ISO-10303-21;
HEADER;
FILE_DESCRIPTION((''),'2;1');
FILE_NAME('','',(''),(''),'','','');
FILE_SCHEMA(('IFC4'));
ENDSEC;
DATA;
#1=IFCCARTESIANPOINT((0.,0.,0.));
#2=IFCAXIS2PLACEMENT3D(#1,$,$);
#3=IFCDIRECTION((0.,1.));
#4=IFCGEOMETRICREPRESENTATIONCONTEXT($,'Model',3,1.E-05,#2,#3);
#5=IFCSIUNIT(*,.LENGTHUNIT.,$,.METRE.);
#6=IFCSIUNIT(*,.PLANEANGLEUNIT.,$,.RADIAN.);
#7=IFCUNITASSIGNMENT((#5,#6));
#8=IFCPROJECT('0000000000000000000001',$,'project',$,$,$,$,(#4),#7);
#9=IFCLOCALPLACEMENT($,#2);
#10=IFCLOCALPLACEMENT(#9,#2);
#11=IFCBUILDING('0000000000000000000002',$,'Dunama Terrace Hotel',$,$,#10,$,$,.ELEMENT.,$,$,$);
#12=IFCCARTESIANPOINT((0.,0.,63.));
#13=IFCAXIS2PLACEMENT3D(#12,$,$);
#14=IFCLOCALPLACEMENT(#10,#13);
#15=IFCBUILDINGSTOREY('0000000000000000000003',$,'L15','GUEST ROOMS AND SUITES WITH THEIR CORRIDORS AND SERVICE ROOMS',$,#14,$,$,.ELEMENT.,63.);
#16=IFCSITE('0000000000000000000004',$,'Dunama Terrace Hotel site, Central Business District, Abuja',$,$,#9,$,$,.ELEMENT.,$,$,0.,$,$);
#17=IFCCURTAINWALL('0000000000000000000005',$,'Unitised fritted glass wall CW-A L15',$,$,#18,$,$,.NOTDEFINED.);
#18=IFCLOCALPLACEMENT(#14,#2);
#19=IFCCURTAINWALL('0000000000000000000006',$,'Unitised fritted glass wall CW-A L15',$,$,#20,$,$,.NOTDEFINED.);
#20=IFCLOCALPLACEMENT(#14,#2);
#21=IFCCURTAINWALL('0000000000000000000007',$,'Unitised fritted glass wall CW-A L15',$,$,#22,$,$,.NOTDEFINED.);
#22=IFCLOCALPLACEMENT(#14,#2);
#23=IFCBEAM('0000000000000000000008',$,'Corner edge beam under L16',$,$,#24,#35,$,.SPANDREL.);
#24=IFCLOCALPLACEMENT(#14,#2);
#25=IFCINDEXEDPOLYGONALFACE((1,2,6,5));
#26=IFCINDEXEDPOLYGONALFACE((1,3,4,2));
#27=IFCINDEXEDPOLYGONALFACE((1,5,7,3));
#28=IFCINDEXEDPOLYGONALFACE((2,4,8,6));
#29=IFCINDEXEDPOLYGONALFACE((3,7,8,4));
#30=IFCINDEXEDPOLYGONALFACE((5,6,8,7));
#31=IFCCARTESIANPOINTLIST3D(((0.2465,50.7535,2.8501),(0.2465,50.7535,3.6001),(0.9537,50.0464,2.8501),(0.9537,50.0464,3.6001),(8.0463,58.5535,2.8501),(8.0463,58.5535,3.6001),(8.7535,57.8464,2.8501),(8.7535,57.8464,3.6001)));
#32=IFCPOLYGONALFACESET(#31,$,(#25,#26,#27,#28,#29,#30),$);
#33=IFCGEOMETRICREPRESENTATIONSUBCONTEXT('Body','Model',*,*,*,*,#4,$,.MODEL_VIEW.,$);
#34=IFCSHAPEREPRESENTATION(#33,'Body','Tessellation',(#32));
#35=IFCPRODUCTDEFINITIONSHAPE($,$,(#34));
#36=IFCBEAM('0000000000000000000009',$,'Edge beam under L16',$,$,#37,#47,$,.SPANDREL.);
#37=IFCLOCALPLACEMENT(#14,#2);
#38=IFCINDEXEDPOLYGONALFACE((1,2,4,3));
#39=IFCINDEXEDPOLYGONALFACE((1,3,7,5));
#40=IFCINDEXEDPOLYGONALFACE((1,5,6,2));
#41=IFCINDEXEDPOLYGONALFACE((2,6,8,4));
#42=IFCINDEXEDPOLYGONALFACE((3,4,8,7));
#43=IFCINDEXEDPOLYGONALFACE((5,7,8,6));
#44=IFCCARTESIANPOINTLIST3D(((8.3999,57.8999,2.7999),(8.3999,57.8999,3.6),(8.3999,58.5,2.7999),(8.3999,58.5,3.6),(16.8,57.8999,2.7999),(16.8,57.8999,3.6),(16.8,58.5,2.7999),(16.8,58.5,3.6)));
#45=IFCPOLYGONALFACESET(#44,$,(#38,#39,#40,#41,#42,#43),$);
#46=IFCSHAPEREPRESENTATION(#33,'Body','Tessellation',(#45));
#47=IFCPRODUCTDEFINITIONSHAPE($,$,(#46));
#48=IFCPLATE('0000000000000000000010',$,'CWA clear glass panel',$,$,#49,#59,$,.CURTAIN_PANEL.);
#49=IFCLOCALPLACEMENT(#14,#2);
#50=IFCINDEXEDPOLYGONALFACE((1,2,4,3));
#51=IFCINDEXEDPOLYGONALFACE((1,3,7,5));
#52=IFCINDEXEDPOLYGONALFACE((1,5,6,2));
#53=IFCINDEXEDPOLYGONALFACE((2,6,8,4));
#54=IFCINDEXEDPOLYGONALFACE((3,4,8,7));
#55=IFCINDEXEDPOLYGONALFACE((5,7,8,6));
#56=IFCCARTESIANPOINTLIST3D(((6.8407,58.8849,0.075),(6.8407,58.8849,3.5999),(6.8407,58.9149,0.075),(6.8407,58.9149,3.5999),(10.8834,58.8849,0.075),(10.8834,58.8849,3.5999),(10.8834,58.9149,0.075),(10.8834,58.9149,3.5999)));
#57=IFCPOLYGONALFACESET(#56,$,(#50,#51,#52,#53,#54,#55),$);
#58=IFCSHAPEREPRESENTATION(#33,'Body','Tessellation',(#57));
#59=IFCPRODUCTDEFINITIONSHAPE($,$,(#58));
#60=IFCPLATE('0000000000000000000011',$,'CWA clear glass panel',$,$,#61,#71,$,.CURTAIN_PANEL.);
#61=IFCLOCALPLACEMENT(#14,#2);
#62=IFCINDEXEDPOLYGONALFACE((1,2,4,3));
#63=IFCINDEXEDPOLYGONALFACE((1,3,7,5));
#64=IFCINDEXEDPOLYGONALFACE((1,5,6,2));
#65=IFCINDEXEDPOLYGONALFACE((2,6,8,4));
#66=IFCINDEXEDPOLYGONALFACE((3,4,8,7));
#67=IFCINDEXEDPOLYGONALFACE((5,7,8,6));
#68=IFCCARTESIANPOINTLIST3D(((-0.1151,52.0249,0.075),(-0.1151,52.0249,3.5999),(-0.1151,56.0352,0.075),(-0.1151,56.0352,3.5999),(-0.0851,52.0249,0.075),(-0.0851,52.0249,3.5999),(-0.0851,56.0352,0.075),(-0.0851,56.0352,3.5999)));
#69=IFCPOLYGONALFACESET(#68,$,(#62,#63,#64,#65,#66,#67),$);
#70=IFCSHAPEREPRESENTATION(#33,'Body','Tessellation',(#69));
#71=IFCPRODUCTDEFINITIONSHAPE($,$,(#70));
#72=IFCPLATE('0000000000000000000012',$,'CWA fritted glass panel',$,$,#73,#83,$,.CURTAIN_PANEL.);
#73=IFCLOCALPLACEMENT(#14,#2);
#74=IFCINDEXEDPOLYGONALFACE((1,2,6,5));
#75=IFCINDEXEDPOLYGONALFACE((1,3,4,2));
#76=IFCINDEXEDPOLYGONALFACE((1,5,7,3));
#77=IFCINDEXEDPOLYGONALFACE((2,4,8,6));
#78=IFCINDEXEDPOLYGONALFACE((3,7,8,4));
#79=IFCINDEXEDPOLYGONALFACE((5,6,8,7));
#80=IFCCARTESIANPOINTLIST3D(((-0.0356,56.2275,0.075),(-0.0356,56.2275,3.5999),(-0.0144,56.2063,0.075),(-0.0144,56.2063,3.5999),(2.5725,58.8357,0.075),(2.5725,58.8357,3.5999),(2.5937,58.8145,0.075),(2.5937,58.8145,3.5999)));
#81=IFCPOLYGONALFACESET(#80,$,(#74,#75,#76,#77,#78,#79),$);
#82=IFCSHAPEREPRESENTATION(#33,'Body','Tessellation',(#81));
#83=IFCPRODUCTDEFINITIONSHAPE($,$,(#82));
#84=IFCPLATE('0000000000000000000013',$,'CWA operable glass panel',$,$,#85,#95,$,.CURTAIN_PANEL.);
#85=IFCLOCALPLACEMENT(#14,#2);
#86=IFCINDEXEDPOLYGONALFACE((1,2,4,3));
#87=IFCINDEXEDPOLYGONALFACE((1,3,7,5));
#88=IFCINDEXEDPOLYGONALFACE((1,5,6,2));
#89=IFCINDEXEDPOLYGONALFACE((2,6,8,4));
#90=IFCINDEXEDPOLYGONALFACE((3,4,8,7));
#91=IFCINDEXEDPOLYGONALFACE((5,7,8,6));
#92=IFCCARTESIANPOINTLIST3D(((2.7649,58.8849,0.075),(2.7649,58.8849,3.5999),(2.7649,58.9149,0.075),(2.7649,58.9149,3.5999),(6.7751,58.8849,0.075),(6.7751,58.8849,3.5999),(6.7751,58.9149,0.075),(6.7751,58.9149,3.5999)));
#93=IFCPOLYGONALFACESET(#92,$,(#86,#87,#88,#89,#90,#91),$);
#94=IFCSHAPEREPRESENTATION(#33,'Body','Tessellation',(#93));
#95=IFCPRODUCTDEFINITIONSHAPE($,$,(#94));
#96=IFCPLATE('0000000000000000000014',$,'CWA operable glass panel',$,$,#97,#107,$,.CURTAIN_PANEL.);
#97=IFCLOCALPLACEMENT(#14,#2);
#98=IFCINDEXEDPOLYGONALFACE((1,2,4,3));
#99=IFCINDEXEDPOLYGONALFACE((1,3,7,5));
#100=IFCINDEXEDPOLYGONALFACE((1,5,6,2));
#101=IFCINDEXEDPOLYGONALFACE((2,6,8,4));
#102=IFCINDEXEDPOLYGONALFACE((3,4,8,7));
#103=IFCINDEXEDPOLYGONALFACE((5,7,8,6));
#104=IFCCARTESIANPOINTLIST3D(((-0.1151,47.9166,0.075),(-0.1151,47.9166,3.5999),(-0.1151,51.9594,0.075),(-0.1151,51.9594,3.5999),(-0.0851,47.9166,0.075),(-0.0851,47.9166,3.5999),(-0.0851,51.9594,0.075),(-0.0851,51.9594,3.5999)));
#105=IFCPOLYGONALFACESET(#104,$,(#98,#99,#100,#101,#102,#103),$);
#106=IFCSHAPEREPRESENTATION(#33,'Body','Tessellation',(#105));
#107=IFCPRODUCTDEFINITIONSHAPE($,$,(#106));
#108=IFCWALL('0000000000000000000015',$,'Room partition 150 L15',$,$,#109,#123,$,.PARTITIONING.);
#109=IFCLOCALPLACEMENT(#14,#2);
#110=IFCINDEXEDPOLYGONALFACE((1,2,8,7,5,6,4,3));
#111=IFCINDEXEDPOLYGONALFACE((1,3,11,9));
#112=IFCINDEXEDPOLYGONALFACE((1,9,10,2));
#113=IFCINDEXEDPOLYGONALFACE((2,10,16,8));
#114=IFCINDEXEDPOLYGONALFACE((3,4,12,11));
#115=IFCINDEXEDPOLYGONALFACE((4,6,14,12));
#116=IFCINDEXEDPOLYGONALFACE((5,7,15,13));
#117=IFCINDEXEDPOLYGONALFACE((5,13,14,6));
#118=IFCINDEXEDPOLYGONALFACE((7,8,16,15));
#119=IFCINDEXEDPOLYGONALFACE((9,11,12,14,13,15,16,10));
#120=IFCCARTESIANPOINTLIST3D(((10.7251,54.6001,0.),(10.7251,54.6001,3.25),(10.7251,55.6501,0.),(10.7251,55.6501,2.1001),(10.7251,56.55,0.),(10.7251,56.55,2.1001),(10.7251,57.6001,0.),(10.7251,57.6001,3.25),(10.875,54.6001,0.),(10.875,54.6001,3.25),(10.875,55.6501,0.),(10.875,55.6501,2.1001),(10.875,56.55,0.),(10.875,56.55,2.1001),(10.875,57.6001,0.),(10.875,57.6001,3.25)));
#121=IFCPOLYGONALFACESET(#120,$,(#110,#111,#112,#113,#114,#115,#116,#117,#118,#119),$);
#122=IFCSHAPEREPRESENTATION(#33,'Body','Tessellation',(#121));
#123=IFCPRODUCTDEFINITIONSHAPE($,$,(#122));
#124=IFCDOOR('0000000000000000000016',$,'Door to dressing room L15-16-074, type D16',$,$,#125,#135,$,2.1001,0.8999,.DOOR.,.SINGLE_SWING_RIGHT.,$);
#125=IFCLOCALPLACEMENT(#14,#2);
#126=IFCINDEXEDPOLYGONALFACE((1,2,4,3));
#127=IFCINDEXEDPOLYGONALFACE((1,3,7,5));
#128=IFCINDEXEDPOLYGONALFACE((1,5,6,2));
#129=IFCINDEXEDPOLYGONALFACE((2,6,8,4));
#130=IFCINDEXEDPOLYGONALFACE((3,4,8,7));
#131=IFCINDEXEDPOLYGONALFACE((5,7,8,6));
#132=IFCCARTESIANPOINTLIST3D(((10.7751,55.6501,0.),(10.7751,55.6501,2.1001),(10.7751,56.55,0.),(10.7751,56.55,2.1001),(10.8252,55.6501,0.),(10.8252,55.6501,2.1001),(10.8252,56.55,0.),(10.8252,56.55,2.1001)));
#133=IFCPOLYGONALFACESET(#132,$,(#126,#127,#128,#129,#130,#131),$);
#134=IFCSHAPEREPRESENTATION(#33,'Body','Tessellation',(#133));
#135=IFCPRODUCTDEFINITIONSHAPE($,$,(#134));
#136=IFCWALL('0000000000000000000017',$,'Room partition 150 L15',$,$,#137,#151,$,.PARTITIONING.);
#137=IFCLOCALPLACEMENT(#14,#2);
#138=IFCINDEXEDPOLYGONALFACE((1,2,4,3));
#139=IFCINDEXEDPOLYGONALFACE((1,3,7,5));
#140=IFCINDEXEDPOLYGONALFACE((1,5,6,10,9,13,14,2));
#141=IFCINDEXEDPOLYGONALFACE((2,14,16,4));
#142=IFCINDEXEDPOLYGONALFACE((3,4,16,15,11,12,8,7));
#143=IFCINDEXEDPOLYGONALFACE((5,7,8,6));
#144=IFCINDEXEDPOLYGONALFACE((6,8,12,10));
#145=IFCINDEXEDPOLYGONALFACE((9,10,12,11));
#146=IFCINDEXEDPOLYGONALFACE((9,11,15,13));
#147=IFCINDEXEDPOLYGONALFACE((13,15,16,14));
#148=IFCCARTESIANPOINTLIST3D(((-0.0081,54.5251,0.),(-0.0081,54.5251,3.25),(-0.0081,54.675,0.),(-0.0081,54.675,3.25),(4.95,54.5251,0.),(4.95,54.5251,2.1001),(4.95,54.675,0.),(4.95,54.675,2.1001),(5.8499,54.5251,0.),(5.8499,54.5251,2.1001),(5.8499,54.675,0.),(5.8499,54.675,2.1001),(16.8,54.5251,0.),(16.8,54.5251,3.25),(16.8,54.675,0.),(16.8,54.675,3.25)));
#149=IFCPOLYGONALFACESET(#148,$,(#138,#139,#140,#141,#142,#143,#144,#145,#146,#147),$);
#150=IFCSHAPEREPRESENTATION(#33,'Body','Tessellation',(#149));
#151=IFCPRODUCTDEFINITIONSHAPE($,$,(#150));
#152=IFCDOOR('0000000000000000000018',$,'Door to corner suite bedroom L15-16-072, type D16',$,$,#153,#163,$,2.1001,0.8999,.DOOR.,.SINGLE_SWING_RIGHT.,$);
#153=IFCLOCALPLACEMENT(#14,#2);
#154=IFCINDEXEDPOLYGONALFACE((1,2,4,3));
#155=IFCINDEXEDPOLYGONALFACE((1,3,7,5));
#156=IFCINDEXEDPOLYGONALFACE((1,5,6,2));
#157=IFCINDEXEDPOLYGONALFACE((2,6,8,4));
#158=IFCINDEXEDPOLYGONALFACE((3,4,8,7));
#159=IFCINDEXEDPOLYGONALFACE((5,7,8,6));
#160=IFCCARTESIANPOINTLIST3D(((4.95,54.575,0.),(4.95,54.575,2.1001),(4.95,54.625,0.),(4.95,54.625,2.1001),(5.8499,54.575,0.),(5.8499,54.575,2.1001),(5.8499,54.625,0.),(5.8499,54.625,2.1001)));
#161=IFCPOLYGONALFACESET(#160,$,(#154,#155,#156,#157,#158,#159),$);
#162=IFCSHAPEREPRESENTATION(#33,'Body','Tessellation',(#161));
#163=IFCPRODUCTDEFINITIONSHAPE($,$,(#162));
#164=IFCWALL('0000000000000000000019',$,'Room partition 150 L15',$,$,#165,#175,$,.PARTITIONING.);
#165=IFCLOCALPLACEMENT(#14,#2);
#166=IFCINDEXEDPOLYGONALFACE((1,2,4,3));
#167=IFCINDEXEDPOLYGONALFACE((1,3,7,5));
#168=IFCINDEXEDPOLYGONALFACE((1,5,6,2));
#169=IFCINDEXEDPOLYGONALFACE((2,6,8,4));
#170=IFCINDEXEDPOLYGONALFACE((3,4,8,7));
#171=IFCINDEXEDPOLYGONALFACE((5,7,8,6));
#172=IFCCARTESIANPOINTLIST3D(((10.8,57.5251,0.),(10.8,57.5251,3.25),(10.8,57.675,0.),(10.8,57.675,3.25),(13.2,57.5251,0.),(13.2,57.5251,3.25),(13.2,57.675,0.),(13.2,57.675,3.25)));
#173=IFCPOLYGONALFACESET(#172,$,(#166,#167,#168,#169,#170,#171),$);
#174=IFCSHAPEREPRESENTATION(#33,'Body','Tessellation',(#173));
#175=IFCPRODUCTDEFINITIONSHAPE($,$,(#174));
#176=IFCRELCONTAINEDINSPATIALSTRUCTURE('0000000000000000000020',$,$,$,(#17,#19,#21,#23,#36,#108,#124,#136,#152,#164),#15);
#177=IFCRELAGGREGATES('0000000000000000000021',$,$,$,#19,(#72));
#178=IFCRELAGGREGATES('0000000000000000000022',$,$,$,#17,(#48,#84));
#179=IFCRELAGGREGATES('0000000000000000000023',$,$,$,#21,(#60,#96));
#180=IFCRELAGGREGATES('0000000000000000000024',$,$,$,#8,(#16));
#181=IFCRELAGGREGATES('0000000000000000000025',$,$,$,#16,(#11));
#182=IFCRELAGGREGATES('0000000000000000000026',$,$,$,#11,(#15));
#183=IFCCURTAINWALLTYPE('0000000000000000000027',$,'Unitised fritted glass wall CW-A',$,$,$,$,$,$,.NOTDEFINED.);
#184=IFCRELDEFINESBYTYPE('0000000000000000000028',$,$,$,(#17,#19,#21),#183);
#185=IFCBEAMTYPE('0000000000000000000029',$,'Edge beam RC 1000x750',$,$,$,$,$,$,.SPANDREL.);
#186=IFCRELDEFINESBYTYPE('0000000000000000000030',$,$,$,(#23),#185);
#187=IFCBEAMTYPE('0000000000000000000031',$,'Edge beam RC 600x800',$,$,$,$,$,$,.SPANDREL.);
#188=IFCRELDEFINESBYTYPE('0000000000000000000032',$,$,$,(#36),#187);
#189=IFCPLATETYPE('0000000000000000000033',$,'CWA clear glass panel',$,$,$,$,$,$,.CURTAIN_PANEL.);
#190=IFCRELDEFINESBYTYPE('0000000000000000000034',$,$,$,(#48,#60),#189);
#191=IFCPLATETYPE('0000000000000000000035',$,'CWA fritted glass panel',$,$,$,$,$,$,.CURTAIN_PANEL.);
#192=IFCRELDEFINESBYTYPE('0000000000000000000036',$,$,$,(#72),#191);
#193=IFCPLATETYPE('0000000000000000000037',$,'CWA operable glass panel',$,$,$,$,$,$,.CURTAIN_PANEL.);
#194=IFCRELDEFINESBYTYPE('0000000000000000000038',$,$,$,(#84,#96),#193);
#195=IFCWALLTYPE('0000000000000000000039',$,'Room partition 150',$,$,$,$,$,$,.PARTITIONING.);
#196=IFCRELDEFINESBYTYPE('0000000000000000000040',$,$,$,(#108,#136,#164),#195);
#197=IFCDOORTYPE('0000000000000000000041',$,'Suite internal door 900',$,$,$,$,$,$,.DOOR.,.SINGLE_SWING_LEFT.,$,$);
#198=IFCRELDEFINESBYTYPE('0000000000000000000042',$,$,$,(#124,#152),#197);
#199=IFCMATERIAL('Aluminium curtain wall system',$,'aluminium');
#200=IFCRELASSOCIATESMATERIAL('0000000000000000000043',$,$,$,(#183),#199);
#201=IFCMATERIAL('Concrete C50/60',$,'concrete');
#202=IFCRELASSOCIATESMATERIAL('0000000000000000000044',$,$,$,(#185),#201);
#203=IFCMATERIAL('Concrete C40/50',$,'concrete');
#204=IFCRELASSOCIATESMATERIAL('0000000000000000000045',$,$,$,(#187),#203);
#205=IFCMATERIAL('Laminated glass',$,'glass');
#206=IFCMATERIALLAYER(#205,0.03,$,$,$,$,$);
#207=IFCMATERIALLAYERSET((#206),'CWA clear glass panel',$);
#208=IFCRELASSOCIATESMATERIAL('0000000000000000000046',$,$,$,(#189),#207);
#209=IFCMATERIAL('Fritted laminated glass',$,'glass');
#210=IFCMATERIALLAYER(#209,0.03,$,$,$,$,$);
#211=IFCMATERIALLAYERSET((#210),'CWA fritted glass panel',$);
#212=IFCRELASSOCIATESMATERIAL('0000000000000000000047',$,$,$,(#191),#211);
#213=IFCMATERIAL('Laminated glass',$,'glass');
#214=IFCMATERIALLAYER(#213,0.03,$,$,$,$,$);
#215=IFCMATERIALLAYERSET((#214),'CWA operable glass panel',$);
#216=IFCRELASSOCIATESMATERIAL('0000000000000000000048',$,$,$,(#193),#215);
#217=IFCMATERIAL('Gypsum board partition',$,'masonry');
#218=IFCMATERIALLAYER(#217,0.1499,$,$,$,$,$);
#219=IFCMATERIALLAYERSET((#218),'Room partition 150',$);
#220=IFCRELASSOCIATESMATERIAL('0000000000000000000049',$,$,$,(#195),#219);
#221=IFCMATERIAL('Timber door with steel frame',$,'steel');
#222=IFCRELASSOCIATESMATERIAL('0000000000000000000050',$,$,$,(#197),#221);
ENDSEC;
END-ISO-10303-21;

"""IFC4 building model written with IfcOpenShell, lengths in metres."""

from ifc_helpers import new_model, si_unit, direction, frame, frame_2d, origin, origin_2d, place, context, subcontext, project, spatial, rectangle, extrude, material, layer, layer_set, material_profile, profile_set, type_object, element, fill, aggregate, save


model = new_model("IFC4")

# Units and contexts
model_context = context("Model", 3, precision=1e-05, world=origin(), true_north=direction((0.0, 1.0)))
body_context = subcontext(model_context, "Body", "Model", "MODEL_VIEW")
ifc_project = project(units=[si_unit("LENGTHUNIT", "METRE"), si_unit("PLANEANGLEUNIT", "RADIAN")], contexts=[model_context])

# Site, building, storey
site_placement = place(None, origin())
site = spatial("IfcSite", under=ifc_project, at=site_placement, Name="Dunama Terrace Hotel site, Central Business District, Abuja", CompositionType="ELEMENT", RefElevation=0.0)
building_placement = place(site_placement, origin())
building = spatial("IfcBuilding", under=site, at=building_placement, Name="Dunama Terrace Hotel", CompositionType="ELEMENT")
storey_placement = place(building_placement, frame((0.0, 0.0, 63.0)))
storey = spatial("IfcBuildingStorey", under=building, at=storey_placement, Name="L15", Description="GUEST ROOMS AND SUITES WITH THEIR CORRIDORS AND SERVICE ROOMS", CompositionType="ELEMENT", Elevation=63.0)

# Curtain walls
ifc_material_1 = material(Name="Aluminium curtain wall system", Category="aluminium")
curtain_wall_type = type_object("IfcCurtainWallType", Name="Unitised fritted glass wall CW-A", PredefinedType="NOTDEFINED", material=ifc_material_1)
curtain_wall_1_placement = place(storey_placement, origin())
curtain_wall_1 = element("IfcCurtainWall", 1, at=curtain_wall_1_placement, inside=storey, type_object=curtain_wall_type, Name="Unitised fritted glass wall CW-A L15", PredefinedType="NOTDEFINED")
curtain_wall_2_placement = place(storey_placement, origin())
curtain_wall_2 = element("IfcCurtainWall", 2, at=curtain_wall_2_placement, inside=storey, type_object=curtain_wall_type, Name="Unitised fritted glass wall CW-A L15", PredefinedType="NOTDEFINED")
curtain_wall_3_placement = place(storey_placement, origin())
curtain_wall_3 = element("IfcCurtainWall", 3, at=curtain_wall_3_placement, inside=storey, type_object=curtain_wall_type, Name="Unitised fritted glass wall CW-A L15", PredefinedType="NOTDEFINED")

# Beams
ifc_material_2 = material(Name="Concrete C50/60", Category="concrete")
ifc_material_profile_1 = material_profile(ifc_material_2, rectangle(XDim=1.0, YDim=0.75, at=origin_2d()), Name="RC 1000x750")
ifc_profile_set_1 = profile_set([ifc_material_profile_1], Name="Concrete C50/60")
beam_type_1 = type_object("IfcBeamType", Name="Edge beam RC 1000x750", PredefinedType="SPANDREL", material=ifc_profile_set_1)
beam_1_placement = place(storey_placement, frame((8.3999, 58.2, 3.2251), z_axis=(-0.707096, -0.707118, 0.0), x_axis=(0.707118, -0.707096, 0.0)))
element("IfcBeam", 4, at=beam_1_placement, inside=storey, type_object=beam_type_1, Name="Corner edge beam under L16", PredefinedType="SPANDREL", context=body_context, shape_type="SweptSolid", body=[
    extrude(rectangle(XDim=1.0, YDim=0.75, at=origin_2d()), origin(), (0.0, 0.0, 1.0), 11.0308),
])
ifc_material_3 = material(Name="Concrete C40/50", Category="concrete")
ifc_material_profile_2 = material_profile(ifc_material_3, rectangle(XDim=0.6001, YDim=0.8, at=origin_2d()), Name="RC 600x800")
ifc_profile_set_2 = profile_set([ifc_material_profile_2], Name="Concrete C40/50")
beam_type_2 = type_object("IfcBeamType", Name="Edge beam RC 600x800", PredefinedType="SPANDREL", material=ifc_profile_set_2)
beam_2_placement = place(storey_placement, frame((8.3999, 58.2, 3.2), z_axis=(1.0, 0.0, 0.0), x_axis=(0.0, 1.0, 0.0)))
element("IfcBeam", 5, at=beam_2_placement, inside=storey, type_object=beam_type_2, Name="Edge beam under L16", PredefinedType="SPANDREL", context=body_context, shape_type="SweptSolid", body=[
    extrude(rectangle(XDim=0.6001, YDim=0.8, at=origin_2d()), origin(), (0.0, 0.0, 1.0), 8.4001),
])

# Plates
ifc_material_4 = material(Name="Laminated glass", Category="glass")
ifc_layer_1 = layer(ifc_material_4, 0.03)
ifc_layer_set_1 = layer_set([ifc_layer_1], Name="CWA clear glass panel")
plate_type_1 = type_object("IfcPlateType", Name="CWA clear glass panel", PredefinedType="CURTAIN_PANEL", material=ifc_layer_set_1)
plate_1_placement = place(storey_placement, frame((8.8621, 58.8999, 0.075), z_axis=(0.0, 0.0, 1.0), x_axis=(-1.0, 0.0, 0.0)))
plate_1 = element("IfcPlate", 6, at=plate_1_placement, type_object=plate_type_1, Name="CWA clear glass panel", PredefinedType="CURTAIN_PANEL", context=body_context, shape_type="SweptSolid", body=[
    extrude(rectangle(XDim=4.0427, YDim=0.03, at=origin_2d()), origin(), (0.0, 0.0, 1.0), 3.5249),
])
plate_2_placement = place(storey_placement, frame((-0.1001, 54.03, 0.075), z_axis=(0.0, 0.0, 1.0), x_axis=(0.0, -1.0, 0.0)))
plate_2 = element("IfcPlate", 7, at=plate_2_placement, type_object=plate_type_1, Name="CWA clear glass panel", PredefinedType="CURTAIN_PANEL", context=body_context, shape_type="SweptSolid", body=[
    extrude(rectangle(XDim=4.0103, YDim=0.03, at=origin_2d()), origin(), (0.0, 0.0, 1.0), 3.5249),
])
ifc_material_5 = material(Name="Fritted laminated glass", Category="glass")
ifc_layer_2 = layer(ifc_material_5, 0.03)
ifc_layer_set_2 = layer_set([ifc_layer_2], Name="CWA fritted glass panel")
plate_type_2 = type_object("IfcPlateType", Name="CWA fritted glass panel", PredefinedType="CURTAIN_PANEL", material=ifc_layer_set_2)
plate_3_placement = place(storey_placement, frame((1.2791, 57.521, 0.075), z_axis=(0.0, 0.0, 1.0), x_axis=(-0.707107, -0.707107, 0.0)))
plate_3 = element("IfcPlate", 8, at=plate_3_placement, type_object=plate_type_2, Name="CWA fritted glass panel", PredefinedType="CURTAIN_PANEL", context=body_context, shape_type="SweptSolid", body=[
    extrude(rectangle(XDim=3.6885, YDim=0.03, at=origin_2d()), origin(), (0.0, 0.0, 1.0), 3.5249),
])
aggregate(curtain_wall_2, [plate_3])
ifc_material_6 = material(Name="Laminated glass", Category="glass")
ifc_layer_3 = layer(ifc_material_6, 0.03)
ifc_layer_set_3 = layer_set([ifc_layer_3], Name="CWA operable glass panel")
plate_type_3 = type_object("IfcPlateType", Name="CWA operable glass panel", PredefinedType="CURTAIN_PANEL", material=ifc_layer_set_3)
plate_4_placement = place(storey_placement, frame((4.77, 58.8999, 0.075), z_axis=(0.0, 0.0, 1.0), x_axis=(-1.0, 0.0, 0.0)))
plate_4 = element("IfcPlate", 9, at=plate_4_placement, type_object=plate_type_3, Name="CWA operable glass panel", PredefinedType="CURTAIN_PANEL", context=body_context, shape_type="SweptSolid", body=[
    extrude(rectangle(XDim=4.0103, YDim=0.03, at=origin_2d()), origin(), (0.0, 0.0, 1.0), 3.5249),
])
aggregate(curtain_wall_1, [plate_1, plate_4])
plate_5_placement = place(storey_placement, frame((-0.1001, 49.938, 0.075), z_axis=(0.0, 0.0, 1.0), x_axis=(0.0, -1.0, 0.0)))
plate_5 = element("IfcPlate", 10, at=plate_5_placement, type_object=plate_type_3, Name="CWA operable glass panel", PredefinedType="CURTAIN_PANEL", context=body_context, shape_type="SweptSolid", body=[
    extrude(rectangle(XDim=4.0427, YDim=0.03, at=origin_2d()), origin(), (0.0, 0.0, 1.0), 3.5249),
])
aggregate(curtain_wall_3, [plate_2, plate_5])

# Walls, openings, doors
ifc_material_7 = material(Name="Gypsum board partition", Category="masonry")
ifc_layer_4 = layer(ifc_material_7, 0.1499)
ifc_layer_set_4 = layer_set([ifc_layer_4], Name="Room partition 150")
wall_type = type_object("IfcWallType", Name="Room partition 150", PredefinedType="PARTITIONING", material=ifc_layer_set_4)
wall_1_placement = place(storey_placement, frame((10.8, 54.6001, 0.0), z_axis=(0.0, 0.0, 1.0), x_axis=(0.0, 1.0, 0.0)))
wall_1 = element("IfcWall", 11, at=wall_1_placement, inside=storey, type_object=wall_type, Name="Room partition 150 L15", PredefinedType="PARTITIONING", context=body_context, shape_type="SweptSolid", body=[
    extrude(rectangle(XDim=3.0, YDim=0.1499, at=frame_2d((1.5, 0.0))), origin(), (0.0, 0.0, 1.0), 3.25),
])
opening_1_placement = place(wall_1_placement, frame((1.05, 0.0, 0.0)))
opening_1 = element("IfcOpeningElement", 12, at=opening_1_placement, cuts=wall_1, PredefinedType="OPENING", context=body_context, shape_type="SweptSolid", body=[
    extrude(rectangle(XDim=0.8999, YDim=2.1001, at=frame_2d((0.45, 1.05))), frame((0.0, 0.085, 0.0), z_axis=(0.0, -1.0, 0.0), x_axis=(1.0, 0.0, 0.0)), (0.0, 0.0, 1.0), 0.1699),
])
ifc_material_8 = material(Name="Timber door with steel frame", Category="steel")
door_type = type_object("IfcDoorType", Name="Suite internal door 900", OperationType="SINGLE_SWING_LEFT", PredefinedType="DOOR", material=ifc_material_8)
door_1_placement = place(opening_1_placement, frame((0.8999, 0.0, 0.0), z_axis=(0.0, 0.0, 1.0), x_axis=(-1.0, 0.0, 0.0)))
door_1 = element("IfcDoor", 13, at=door_1_placement, inside=storey, type_object=door_type, Name="Door to dressing room L15-16-074, type D16", OperationType="SINGLE_SWING_RIGHT", OverallHeight=2.1001, OverallWidth=0.8999, PredefinedType="DOOR", context=body_context, shape_type="SweptSolid", body=[
    extrude(rectangle(XDim=0.8999, YDim=2.1001, at=frame_2d((0.45, 1.05))), frame((0.0, 0.0251, 0.0), z_axis=(0.0, -1.0, 0.0), x_axis=(1.0, 0.0, 0.0)), (0.0, 0.0, 1.0), 0.05),
])
fill(opening_1, door_1)
wall_2_placement = place(storey_placement, frame((-0.0081, 54.6001, 0.0), z_axis=(0.0, 0.0, 1.0), x_axis=(1.0, 0.0, 0.0)))
wall_2 = element("IfcWall", 14, at=wall_2_placement, inside=storey, type_object=wall_type, Name="Room partition 150 L15", PredefinedType="PARTITIONING", context=body_context, shape_type="SweptSolid", body=[
    extrude(rectangle(XDim=16.8081, YDim=0.1499, at=frame_2d((8.4041, 0.0))), origin(), (0.0, 0.0, 1.0), 3.25),
])
opening_2_placement = place(wall_2_placement, frame((4.958, 0.0, 0.0)))
opening_2 = element("IfcOpeningElement", 15, at=opening_2_placement, cuts=wall_2, PredefinedType="OPENING", context=body_context, shape_type="SweptSolid", body=[
    extrude(rectangle(XDim=0.8999, YDim=2.1001, at=frame_2d((0.45, 1.05))), frame((0.0, 0.085, 0.0), z_axis=(0.0, -1.0, 0.0), x_axis=(1.0, 0.0, 0.0)), (0.0, 0.0, 1.0), 0.1699),
])
door_2_placement = place(opening_2_placement, origin())
door_2 = element("IfcDoor", 16, at=door_2_placement, inside=storey, type_object=door_type, Name="Door to corner suite bedroom L15-16-072, type D16", OperationType="SINGLE_SWING_RIGHT", OverallHeight=2.1001, OverallWidth=0.8999, PredefinedType="DOOR", context=body_context, shape_type="SweptSolid", body=[
    extrude(rectangle(XDim=0.8999, YDim=2.1001, at=frame_2d((0.45, 1.05))), frame((0.0, 0.0249, 0.0), z_axis=(0.0, -1.0, 0.0), x_axis=(1.0, 0.0, 0.0)), (0.0, 0.0, 1.0), 0.05),
])
fill(opening_2, door_2)

# Wall
wall_3_placement = place(storey_placement, frame((10.8, 57.6001, 0.0), z_axis=(0.0, 0.0, 1.0), x_axis=(1.0, 0.0, 0.0)))
element("IfcWall", 17, at=wall_3_placement, inside=storey, type_object=wall_type, Name="Room partition 150 L15", PredefinedType="PARTITIONING", context=body_context, shape_type="SweptSolid", body=[
    extrude(rectangle(XDim=2.3999, YDim=0.1499, at=frame_2d((1.2, 0.0))), origin(), (0.0, 0.0, 1.0), 3.25),
])

save(model, "model.ifc")
